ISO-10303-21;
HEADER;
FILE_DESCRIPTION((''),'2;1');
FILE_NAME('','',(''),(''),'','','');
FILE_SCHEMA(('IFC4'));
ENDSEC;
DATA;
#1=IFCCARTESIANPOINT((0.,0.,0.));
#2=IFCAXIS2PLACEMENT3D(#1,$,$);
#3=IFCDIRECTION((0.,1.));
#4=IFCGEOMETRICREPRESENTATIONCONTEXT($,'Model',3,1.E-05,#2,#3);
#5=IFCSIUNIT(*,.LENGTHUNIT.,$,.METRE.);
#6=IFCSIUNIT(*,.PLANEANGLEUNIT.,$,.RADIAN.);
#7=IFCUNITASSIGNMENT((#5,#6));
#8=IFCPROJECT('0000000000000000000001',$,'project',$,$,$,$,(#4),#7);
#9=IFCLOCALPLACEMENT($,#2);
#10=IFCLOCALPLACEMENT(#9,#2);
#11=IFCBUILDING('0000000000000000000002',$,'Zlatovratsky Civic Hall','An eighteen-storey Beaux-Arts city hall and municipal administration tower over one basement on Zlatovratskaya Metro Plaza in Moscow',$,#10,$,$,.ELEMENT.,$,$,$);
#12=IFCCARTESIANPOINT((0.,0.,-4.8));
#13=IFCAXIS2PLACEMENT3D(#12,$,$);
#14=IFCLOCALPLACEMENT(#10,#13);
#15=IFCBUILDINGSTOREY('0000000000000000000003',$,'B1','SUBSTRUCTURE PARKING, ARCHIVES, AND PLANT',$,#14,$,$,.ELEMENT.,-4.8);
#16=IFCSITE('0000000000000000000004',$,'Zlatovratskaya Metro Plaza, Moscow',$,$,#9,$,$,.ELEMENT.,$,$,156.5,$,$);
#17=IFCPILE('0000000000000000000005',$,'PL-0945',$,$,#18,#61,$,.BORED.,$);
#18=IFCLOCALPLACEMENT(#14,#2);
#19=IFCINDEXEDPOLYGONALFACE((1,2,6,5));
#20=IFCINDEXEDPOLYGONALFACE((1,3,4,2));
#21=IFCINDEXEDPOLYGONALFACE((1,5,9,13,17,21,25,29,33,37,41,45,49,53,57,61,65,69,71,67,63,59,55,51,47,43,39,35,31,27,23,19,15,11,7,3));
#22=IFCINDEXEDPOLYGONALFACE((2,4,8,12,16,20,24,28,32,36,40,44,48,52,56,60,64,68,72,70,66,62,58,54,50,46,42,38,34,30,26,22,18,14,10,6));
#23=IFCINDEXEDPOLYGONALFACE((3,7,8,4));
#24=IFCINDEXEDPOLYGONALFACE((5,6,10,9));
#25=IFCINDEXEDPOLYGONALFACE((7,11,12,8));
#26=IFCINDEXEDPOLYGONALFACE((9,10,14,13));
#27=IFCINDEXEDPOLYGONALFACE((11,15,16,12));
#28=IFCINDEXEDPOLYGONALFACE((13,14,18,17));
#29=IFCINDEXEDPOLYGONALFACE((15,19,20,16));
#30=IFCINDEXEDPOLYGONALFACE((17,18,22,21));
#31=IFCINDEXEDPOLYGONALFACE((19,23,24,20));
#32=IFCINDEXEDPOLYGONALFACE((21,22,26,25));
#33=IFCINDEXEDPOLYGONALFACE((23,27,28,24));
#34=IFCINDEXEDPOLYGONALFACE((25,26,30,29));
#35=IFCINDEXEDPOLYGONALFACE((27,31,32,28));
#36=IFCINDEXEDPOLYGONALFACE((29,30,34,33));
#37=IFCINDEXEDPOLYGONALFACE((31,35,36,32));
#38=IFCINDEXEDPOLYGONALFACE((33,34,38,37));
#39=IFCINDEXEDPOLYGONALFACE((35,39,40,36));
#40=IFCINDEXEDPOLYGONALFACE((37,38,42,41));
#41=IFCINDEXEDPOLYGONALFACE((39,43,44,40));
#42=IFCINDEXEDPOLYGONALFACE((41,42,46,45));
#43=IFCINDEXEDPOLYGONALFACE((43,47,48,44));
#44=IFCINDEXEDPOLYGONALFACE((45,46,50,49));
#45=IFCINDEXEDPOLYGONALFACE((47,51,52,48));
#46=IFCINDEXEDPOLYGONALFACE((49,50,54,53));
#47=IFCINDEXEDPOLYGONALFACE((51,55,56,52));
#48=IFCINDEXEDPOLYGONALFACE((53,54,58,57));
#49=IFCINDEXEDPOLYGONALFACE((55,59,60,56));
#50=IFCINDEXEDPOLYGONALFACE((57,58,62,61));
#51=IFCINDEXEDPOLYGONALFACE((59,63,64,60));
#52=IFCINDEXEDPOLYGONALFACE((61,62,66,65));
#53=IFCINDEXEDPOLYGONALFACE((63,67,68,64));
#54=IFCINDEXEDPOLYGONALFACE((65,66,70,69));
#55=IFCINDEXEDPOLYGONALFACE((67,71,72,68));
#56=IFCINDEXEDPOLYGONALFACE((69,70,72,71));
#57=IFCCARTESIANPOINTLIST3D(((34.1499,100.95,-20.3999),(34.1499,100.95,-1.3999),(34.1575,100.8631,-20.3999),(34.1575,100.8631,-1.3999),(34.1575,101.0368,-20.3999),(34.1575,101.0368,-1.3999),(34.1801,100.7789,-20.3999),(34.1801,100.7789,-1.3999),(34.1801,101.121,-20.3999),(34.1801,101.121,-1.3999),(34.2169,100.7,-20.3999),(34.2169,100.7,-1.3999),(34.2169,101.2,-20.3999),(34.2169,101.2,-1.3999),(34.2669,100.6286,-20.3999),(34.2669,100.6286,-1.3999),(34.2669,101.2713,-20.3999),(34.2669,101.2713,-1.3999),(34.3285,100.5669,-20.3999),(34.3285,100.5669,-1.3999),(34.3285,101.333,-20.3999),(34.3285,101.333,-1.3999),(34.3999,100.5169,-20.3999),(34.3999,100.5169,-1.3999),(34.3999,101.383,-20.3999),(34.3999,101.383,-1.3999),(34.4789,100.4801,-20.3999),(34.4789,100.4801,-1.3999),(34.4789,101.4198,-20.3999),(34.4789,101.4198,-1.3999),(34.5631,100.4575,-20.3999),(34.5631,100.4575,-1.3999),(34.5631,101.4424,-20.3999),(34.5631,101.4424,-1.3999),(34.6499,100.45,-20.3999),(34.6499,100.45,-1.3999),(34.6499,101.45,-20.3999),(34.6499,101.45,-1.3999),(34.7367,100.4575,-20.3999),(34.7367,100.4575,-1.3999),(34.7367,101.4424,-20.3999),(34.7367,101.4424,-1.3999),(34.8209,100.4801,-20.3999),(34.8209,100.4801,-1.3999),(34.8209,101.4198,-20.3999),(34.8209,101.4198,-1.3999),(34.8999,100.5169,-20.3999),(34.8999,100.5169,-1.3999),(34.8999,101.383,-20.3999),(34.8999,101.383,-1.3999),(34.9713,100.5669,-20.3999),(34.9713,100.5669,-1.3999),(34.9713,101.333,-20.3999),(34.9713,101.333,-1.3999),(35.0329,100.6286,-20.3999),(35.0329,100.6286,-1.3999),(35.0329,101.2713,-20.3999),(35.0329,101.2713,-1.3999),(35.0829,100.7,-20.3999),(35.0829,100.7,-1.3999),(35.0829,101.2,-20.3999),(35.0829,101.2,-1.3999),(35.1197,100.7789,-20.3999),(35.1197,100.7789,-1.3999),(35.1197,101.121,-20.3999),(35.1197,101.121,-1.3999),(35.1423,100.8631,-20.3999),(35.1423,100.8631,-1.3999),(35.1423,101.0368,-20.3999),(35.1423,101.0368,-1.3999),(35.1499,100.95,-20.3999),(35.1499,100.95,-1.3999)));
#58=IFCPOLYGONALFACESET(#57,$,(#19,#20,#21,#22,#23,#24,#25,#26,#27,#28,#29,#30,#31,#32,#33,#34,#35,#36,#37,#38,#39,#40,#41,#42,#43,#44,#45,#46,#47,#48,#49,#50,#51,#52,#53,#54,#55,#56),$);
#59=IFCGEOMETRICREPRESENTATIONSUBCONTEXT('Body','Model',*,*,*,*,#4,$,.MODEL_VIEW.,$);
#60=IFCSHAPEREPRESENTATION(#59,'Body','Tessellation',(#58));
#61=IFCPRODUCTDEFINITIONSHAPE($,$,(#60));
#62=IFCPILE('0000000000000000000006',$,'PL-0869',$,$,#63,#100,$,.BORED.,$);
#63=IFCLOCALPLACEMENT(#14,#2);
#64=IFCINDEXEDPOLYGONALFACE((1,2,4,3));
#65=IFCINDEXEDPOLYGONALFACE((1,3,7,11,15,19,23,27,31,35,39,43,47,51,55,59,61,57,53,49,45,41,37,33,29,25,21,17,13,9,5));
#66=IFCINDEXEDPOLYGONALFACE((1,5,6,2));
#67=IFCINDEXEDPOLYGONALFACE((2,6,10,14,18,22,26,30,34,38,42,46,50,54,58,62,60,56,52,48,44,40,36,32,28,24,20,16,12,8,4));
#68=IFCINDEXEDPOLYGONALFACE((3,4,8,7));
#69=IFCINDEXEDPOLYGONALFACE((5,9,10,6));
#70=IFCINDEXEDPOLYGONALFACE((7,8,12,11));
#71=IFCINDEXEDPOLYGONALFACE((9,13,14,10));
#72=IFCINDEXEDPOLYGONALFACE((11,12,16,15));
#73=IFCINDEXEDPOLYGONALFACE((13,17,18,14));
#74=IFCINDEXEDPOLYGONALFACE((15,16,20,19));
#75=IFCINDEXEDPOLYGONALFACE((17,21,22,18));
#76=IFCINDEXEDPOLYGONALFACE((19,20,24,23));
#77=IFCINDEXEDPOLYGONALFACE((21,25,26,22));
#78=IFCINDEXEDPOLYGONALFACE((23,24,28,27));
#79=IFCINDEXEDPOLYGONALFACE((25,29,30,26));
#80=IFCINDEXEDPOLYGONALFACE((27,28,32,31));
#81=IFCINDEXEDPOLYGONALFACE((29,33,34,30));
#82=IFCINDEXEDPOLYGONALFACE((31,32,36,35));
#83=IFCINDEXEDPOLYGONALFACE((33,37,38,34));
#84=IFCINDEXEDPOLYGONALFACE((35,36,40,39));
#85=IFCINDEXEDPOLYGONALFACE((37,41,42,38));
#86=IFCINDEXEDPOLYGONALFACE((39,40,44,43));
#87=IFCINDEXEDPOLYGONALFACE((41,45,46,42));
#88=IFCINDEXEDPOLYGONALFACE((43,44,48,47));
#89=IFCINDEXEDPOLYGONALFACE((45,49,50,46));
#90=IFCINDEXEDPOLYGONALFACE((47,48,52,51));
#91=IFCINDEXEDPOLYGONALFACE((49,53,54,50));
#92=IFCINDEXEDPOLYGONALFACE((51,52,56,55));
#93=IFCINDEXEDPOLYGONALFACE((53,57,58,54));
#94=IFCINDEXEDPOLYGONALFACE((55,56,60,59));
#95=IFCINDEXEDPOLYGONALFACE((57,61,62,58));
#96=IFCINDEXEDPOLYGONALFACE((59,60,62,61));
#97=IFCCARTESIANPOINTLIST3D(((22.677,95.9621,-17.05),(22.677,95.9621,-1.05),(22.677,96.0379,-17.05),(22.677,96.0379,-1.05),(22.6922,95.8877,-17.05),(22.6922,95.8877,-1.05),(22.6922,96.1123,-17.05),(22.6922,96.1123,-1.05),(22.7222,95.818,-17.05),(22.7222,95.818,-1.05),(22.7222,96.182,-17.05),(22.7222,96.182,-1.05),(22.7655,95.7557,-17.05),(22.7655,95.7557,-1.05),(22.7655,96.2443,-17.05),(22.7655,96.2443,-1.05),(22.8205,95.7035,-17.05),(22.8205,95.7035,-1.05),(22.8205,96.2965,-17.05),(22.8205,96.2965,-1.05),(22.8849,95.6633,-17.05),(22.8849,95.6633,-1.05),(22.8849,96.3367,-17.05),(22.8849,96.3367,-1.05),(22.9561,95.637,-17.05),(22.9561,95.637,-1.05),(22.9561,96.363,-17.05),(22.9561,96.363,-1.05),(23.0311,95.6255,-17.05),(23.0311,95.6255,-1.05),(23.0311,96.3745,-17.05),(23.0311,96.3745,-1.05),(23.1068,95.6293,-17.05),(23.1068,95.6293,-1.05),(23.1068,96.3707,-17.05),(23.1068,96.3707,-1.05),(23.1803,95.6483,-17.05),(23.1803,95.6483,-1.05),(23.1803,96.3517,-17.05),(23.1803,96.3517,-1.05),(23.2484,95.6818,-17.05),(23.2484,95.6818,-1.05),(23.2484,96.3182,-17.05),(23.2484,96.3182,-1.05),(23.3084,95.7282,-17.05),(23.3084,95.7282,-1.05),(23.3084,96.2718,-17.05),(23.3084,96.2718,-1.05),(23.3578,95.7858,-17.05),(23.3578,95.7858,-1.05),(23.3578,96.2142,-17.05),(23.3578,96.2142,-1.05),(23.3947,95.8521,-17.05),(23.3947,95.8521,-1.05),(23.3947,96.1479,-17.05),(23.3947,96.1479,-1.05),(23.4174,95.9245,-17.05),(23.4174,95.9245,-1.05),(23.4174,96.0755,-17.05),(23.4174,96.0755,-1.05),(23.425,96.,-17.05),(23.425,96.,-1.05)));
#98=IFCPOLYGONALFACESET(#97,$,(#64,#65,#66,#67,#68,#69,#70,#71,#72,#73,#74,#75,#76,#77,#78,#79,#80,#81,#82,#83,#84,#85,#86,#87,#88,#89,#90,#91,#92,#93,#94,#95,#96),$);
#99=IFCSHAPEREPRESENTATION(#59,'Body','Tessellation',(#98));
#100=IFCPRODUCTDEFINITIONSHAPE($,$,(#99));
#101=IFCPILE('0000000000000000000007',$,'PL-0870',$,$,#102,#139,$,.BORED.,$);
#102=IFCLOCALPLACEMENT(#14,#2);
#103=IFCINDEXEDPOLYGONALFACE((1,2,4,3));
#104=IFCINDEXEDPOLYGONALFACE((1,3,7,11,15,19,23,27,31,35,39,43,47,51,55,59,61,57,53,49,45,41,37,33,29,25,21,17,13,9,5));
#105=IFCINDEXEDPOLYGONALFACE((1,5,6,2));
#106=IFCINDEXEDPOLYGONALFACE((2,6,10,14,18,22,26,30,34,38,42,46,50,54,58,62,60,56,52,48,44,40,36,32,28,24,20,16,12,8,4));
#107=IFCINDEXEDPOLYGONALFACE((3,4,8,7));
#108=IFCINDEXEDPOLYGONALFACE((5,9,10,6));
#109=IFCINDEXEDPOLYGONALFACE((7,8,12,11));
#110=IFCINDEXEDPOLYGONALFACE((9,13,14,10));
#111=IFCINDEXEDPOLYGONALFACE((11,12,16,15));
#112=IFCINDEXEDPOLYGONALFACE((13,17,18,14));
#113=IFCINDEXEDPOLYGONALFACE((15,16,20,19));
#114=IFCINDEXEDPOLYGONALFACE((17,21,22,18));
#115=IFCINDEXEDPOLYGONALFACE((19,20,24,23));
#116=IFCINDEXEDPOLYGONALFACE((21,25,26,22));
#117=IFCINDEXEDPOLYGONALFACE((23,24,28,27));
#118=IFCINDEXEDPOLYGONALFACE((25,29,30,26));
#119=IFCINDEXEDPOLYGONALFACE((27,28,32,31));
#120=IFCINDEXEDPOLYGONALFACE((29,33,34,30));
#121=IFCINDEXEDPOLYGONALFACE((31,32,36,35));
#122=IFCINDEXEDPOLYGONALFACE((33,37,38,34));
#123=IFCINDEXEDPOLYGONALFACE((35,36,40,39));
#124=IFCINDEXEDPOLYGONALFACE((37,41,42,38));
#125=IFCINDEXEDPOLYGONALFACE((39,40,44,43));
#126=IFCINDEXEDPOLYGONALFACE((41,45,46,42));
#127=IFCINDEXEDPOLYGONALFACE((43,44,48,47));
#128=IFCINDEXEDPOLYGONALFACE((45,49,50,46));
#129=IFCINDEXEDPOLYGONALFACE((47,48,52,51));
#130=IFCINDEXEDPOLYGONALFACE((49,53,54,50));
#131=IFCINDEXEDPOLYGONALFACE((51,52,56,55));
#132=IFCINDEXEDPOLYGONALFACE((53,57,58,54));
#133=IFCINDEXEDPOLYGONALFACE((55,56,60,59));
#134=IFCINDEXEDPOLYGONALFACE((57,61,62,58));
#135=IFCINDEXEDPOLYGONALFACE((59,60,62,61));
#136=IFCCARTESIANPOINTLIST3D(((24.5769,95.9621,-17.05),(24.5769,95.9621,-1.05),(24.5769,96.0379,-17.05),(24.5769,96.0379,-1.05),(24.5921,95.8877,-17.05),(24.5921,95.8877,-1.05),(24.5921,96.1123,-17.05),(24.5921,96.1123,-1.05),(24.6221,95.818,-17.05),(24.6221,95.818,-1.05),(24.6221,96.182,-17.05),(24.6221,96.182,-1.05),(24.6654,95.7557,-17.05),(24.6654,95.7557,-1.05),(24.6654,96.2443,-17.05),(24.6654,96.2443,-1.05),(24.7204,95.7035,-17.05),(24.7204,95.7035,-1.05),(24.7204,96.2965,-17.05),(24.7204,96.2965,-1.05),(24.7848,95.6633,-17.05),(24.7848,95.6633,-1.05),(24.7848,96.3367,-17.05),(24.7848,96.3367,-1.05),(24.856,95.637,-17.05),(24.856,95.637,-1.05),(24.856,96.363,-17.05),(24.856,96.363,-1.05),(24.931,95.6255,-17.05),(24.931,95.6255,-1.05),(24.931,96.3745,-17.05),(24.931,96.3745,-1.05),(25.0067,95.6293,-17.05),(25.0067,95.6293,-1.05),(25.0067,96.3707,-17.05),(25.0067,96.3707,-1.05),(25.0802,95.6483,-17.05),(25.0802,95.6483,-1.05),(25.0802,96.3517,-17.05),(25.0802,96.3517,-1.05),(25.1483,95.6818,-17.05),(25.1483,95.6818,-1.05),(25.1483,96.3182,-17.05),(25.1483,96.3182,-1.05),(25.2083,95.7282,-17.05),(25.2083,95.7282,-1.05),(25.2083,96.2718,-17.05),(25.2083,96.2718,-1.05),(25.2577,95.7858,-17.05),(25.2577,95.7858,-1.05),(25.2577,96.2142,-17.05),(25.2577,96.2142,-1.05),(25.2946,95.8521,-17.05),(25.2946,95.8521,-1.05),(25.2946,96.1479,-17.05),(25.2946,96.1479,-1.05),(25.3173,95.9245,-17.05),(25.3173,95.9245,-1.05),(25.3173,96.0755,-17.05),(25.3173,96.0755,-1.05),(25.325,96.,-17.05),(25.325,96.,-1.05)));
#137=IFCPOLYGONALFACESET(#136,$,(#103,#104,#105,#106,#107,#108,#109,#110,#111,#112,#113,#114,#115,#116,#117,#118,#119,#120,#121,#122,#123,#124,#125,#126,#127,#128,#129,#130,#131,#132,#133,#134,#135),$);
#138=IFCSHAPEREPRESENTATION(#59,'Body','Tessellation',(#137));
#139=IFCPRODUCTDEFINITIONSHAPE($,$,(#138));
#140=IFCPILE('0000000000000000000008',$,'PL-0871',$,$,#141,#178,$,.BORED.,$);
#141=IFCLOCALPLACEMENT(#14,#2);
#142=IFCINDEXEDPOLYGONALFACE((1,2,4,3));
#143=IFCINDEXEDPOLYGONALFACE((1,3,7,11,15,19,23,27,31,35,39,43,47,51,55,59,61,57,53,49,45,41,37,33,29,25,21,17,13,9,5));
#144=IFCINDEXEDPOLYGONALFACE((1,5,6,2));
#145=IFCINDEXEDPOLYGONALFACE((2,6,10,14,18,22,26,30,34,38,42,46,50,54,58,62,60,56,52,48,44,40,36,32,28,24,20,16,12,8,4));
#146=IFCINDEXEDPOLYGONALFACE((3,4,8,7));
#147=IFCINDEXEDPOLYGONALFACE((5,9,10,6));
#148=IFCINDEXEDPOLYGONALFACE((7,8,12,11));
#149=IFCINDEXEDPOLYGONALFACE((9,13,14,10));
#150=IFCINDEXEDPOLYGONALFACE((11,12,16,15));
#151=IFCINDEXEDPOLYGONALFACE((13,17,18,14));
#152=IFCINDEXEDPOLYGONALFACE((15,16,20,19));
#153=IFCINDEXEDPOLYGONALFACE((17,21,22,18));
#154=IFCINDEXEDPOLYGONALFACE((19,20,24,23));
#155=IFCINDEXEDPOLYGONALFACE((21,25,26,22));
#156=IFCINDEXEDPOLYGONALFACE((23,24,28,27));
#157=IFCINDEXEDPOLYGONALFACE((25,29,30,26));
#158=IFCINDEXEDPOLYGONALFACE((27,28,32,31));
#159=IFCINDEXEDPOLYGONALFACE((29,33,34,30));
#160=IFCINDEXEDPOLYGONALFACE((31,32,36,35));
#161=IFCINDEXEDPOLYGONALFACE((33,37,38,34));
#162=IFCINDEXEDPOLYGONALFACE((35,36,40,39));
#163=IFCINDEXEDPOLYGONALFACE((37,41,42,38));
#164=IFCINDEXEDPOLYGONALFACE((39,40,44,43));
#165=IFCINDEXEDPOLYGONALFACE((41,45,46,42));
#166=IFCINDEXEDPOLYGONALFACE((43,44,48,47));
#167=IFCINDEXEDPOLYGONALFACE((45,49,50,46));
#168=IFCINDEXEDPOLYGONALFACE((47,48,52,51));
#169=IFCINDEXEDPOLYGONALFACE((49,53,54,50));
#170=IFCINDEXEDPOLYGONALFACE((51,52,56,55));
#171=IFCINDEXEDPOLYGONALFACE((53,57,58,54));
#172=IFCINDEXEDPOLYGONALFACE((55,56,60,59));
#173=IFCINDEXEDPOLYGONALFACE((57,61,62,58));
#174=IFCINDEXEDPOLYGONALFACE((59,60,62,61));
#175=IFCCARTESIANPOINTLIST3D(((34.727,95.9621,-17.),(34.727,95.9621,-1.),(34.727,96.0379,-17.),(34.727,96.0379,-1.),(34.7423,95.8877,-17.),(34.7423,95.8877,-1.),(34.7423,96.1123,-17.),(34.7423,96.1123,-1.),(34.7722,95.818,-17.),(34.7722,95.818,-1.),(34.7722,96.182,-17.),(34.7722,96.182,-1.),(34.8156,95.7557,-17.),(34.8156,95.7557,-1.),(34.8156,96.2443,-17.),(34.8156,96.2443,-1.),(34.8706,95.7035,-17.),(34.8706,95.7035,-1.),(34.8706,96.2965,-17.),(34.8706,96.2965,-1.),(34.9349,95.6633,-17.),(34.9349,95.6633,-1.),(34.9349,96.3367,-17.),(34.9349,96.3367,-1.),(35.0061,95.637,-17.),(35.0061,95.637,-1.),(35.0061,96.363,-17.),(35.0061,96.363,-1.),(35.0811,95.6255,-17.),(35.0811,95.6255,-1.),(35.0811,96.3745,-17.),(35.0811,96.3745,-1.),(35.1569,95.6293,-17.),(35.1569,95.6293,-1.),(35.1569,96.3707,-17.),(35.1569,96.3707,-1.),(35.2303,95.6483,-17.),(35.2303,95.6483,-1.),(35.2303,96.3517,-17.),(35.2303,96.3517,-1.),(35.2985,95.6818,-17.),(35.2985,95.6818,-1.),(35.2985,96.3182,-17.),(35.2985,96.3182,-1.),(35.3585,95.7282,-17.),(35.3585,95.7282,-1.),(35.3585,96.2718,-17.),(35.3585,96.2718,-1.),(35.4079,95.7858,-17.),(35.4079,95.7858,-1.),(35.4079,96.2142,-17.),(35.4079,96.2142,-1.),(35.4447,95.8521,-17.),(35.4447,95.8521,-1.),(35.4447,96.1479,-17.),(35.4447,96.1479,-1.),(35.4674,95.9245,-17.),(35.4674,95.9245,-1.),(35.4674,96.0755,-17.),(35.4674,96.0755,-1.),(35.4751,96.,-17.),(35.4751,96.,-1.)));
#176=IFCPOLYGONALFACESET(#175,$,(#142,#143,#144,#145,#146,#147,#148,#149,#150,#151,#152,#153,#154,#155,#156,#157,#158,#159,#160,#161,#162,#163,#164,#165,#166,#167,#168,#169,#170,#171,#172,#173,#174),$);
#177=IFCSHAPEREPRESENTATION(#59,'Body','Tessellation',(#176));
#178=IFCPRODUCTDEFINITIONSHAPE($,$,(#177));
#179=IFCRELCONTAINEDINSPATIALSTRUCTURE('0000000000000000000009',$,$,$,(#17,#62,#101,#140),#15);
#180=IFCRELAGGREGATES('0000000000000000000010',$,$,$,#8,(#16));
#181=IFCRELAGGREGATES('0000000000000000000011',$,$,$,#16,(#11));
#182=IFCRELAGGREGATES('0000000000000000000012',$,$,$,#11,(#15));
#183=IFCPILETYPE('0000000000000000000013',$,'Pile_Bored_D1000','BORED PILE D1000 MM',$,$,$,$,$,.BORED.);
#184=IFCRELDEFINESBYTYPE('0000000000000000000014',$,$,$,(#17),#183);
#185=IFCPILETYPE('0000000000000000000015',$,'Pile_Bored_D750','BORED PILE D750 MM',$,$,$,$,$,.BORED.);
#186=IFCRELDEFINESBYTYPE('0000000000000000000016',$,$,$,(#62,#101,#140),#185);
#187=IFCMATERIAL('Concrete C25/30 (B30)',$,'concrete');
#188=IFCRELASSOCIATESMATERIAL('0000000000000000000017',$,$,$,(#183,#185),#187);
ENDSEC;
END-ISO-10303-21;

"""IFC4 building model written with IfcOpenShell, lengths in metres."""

from ifc_helpers import new_model, si_unit, direction, frame, origin, origin_2d, place, context, subcontext, project, spatial, circle, extrude, material, material_profile, profile_set, type_object, element, save


model = new_model("IFC4")

# Units and contexts
model_context = context("Model", 3, precision=1e-05, world=origin(), true_north=direction((0.0, 1.0)))
body_context = subcontext(model_context, "Body", "Model", "MODEL_VIEW")
ifc_project = project(units=[si_unit("LENGTHUNIT", "METRE"), si_unit("PLANEANGLEUNIT", "RADIAN")], contexts=[model_context])

# Site, building, storey
site_placement = place(None, origin())
site = spatial("IfcSite", under=ifc_project, at=site_placement, Name="Zlatovratskaya Metro Plaza, Moscow", CompositionType="ELEMENT", RefElevation=156.5)
building_placement = place(site_placement, origin())
building = spatial("IfcBuilding", under=site, at=building_placement, Name="Zlatovratsky Civic Hall", Description="An eighteen-storey Beaux-Arts city hall and municipal administration tower over one basement on Zlatovratskaya Metro Plaza in Moscow", CompositionType="ELEMENT")
storey_placement = place(building_placement, frame((0.0, 0.0, -4.8)))
storey = spatial("IfcBuildingStorey", under=building, at=storey_placement, Name="B1", Description="SUBSTRUCTURE PARKING, ARCHIVES, AND PLANT", CompositionType="ELEMENT", Elevation=-4.8)

# Shared definitions
ifc_material_1 = material(Name="Concrete C25/30 (B30)", Category="concrete")

# Piles
ifc_material_profile_1 = material_profile(ifc_material_1, circle(Radius=0.5, at=origin_2d()), Name="PILE D1000")
ifc_profile_set_1 = profile_set([ifc_material_profile_1], Name="Concrete C25/30 (B30)")
pile_type_1 = type_object("IfcPileType", Name="Pile_Bored_D1000", Description="BORED PILE D1000 MM", PredefinedType="BORED", material=ifc_profile_set_1)
pile_placement = place(storey_placement, frame((34.6499, 100.95, -1.3999), z_axis=(0.0, 0.0, -1.0), x_axis=(1.0, 0.0, 0.0)))
element("IfcPile", 1, at=pile_placement, inside=storey, type_object=pile_type_1, Name="PL-0945", PredefinedType="BORED", context=body_context, shape_type="SweptSolid", body=[
    extrude(circle(Radius=0.5, at=origin_2d()), origin(), (0.0, 0.0, 1.0), 19.0),
])
ifc_material_profile_2 = material_profile(ifc_material_1, circle(Radius=0.375, at=origin_2d()), Name="PILE D750")
ifc_profile_set_2 = profile_set([ifc_material_profile_2], Name="Concrete C25/30 (B30)")
pile_type_2 = type_object("IfcPileType", Name="Pile_Bored_D750", Description="BORED PILE D750 MM", PredefinedType="BORED", material=ifc_profile_set_2)
for number, where, z_axis, x_axis, name in (
    (2, (23.05, 96.0, -1.05), (0.0, 0.0, -1.0), (1.0, 0.0, 0.0), "PL-0869"),
    (3, (24.95, 96.0, -1.05), (0.0, 0.0, -1.0), (1.0, 0.0, 0.0), "PL-0870"),
    (4, (35.1001, 96.0, -1.0), (0.0, 0.0, -1.0), (1.0, 0.0, 0.0), "PL-0871"),
):
    element("IfcPile", number, at=place(storey_placement, frame(where, z_axis=z_axis, x_axis=x_axis)), inside=storey, type_object=pile_type_2, Name=name, PredefinedType="BORED", context=body_context, shape_type="SweptSolid", body=[
        extrude(circle(Radius=0.375, at=origin_2d()), origin(), (0.0, 0.0, 1.0), 16.0),
    ])

save(model, "model.ifc")
